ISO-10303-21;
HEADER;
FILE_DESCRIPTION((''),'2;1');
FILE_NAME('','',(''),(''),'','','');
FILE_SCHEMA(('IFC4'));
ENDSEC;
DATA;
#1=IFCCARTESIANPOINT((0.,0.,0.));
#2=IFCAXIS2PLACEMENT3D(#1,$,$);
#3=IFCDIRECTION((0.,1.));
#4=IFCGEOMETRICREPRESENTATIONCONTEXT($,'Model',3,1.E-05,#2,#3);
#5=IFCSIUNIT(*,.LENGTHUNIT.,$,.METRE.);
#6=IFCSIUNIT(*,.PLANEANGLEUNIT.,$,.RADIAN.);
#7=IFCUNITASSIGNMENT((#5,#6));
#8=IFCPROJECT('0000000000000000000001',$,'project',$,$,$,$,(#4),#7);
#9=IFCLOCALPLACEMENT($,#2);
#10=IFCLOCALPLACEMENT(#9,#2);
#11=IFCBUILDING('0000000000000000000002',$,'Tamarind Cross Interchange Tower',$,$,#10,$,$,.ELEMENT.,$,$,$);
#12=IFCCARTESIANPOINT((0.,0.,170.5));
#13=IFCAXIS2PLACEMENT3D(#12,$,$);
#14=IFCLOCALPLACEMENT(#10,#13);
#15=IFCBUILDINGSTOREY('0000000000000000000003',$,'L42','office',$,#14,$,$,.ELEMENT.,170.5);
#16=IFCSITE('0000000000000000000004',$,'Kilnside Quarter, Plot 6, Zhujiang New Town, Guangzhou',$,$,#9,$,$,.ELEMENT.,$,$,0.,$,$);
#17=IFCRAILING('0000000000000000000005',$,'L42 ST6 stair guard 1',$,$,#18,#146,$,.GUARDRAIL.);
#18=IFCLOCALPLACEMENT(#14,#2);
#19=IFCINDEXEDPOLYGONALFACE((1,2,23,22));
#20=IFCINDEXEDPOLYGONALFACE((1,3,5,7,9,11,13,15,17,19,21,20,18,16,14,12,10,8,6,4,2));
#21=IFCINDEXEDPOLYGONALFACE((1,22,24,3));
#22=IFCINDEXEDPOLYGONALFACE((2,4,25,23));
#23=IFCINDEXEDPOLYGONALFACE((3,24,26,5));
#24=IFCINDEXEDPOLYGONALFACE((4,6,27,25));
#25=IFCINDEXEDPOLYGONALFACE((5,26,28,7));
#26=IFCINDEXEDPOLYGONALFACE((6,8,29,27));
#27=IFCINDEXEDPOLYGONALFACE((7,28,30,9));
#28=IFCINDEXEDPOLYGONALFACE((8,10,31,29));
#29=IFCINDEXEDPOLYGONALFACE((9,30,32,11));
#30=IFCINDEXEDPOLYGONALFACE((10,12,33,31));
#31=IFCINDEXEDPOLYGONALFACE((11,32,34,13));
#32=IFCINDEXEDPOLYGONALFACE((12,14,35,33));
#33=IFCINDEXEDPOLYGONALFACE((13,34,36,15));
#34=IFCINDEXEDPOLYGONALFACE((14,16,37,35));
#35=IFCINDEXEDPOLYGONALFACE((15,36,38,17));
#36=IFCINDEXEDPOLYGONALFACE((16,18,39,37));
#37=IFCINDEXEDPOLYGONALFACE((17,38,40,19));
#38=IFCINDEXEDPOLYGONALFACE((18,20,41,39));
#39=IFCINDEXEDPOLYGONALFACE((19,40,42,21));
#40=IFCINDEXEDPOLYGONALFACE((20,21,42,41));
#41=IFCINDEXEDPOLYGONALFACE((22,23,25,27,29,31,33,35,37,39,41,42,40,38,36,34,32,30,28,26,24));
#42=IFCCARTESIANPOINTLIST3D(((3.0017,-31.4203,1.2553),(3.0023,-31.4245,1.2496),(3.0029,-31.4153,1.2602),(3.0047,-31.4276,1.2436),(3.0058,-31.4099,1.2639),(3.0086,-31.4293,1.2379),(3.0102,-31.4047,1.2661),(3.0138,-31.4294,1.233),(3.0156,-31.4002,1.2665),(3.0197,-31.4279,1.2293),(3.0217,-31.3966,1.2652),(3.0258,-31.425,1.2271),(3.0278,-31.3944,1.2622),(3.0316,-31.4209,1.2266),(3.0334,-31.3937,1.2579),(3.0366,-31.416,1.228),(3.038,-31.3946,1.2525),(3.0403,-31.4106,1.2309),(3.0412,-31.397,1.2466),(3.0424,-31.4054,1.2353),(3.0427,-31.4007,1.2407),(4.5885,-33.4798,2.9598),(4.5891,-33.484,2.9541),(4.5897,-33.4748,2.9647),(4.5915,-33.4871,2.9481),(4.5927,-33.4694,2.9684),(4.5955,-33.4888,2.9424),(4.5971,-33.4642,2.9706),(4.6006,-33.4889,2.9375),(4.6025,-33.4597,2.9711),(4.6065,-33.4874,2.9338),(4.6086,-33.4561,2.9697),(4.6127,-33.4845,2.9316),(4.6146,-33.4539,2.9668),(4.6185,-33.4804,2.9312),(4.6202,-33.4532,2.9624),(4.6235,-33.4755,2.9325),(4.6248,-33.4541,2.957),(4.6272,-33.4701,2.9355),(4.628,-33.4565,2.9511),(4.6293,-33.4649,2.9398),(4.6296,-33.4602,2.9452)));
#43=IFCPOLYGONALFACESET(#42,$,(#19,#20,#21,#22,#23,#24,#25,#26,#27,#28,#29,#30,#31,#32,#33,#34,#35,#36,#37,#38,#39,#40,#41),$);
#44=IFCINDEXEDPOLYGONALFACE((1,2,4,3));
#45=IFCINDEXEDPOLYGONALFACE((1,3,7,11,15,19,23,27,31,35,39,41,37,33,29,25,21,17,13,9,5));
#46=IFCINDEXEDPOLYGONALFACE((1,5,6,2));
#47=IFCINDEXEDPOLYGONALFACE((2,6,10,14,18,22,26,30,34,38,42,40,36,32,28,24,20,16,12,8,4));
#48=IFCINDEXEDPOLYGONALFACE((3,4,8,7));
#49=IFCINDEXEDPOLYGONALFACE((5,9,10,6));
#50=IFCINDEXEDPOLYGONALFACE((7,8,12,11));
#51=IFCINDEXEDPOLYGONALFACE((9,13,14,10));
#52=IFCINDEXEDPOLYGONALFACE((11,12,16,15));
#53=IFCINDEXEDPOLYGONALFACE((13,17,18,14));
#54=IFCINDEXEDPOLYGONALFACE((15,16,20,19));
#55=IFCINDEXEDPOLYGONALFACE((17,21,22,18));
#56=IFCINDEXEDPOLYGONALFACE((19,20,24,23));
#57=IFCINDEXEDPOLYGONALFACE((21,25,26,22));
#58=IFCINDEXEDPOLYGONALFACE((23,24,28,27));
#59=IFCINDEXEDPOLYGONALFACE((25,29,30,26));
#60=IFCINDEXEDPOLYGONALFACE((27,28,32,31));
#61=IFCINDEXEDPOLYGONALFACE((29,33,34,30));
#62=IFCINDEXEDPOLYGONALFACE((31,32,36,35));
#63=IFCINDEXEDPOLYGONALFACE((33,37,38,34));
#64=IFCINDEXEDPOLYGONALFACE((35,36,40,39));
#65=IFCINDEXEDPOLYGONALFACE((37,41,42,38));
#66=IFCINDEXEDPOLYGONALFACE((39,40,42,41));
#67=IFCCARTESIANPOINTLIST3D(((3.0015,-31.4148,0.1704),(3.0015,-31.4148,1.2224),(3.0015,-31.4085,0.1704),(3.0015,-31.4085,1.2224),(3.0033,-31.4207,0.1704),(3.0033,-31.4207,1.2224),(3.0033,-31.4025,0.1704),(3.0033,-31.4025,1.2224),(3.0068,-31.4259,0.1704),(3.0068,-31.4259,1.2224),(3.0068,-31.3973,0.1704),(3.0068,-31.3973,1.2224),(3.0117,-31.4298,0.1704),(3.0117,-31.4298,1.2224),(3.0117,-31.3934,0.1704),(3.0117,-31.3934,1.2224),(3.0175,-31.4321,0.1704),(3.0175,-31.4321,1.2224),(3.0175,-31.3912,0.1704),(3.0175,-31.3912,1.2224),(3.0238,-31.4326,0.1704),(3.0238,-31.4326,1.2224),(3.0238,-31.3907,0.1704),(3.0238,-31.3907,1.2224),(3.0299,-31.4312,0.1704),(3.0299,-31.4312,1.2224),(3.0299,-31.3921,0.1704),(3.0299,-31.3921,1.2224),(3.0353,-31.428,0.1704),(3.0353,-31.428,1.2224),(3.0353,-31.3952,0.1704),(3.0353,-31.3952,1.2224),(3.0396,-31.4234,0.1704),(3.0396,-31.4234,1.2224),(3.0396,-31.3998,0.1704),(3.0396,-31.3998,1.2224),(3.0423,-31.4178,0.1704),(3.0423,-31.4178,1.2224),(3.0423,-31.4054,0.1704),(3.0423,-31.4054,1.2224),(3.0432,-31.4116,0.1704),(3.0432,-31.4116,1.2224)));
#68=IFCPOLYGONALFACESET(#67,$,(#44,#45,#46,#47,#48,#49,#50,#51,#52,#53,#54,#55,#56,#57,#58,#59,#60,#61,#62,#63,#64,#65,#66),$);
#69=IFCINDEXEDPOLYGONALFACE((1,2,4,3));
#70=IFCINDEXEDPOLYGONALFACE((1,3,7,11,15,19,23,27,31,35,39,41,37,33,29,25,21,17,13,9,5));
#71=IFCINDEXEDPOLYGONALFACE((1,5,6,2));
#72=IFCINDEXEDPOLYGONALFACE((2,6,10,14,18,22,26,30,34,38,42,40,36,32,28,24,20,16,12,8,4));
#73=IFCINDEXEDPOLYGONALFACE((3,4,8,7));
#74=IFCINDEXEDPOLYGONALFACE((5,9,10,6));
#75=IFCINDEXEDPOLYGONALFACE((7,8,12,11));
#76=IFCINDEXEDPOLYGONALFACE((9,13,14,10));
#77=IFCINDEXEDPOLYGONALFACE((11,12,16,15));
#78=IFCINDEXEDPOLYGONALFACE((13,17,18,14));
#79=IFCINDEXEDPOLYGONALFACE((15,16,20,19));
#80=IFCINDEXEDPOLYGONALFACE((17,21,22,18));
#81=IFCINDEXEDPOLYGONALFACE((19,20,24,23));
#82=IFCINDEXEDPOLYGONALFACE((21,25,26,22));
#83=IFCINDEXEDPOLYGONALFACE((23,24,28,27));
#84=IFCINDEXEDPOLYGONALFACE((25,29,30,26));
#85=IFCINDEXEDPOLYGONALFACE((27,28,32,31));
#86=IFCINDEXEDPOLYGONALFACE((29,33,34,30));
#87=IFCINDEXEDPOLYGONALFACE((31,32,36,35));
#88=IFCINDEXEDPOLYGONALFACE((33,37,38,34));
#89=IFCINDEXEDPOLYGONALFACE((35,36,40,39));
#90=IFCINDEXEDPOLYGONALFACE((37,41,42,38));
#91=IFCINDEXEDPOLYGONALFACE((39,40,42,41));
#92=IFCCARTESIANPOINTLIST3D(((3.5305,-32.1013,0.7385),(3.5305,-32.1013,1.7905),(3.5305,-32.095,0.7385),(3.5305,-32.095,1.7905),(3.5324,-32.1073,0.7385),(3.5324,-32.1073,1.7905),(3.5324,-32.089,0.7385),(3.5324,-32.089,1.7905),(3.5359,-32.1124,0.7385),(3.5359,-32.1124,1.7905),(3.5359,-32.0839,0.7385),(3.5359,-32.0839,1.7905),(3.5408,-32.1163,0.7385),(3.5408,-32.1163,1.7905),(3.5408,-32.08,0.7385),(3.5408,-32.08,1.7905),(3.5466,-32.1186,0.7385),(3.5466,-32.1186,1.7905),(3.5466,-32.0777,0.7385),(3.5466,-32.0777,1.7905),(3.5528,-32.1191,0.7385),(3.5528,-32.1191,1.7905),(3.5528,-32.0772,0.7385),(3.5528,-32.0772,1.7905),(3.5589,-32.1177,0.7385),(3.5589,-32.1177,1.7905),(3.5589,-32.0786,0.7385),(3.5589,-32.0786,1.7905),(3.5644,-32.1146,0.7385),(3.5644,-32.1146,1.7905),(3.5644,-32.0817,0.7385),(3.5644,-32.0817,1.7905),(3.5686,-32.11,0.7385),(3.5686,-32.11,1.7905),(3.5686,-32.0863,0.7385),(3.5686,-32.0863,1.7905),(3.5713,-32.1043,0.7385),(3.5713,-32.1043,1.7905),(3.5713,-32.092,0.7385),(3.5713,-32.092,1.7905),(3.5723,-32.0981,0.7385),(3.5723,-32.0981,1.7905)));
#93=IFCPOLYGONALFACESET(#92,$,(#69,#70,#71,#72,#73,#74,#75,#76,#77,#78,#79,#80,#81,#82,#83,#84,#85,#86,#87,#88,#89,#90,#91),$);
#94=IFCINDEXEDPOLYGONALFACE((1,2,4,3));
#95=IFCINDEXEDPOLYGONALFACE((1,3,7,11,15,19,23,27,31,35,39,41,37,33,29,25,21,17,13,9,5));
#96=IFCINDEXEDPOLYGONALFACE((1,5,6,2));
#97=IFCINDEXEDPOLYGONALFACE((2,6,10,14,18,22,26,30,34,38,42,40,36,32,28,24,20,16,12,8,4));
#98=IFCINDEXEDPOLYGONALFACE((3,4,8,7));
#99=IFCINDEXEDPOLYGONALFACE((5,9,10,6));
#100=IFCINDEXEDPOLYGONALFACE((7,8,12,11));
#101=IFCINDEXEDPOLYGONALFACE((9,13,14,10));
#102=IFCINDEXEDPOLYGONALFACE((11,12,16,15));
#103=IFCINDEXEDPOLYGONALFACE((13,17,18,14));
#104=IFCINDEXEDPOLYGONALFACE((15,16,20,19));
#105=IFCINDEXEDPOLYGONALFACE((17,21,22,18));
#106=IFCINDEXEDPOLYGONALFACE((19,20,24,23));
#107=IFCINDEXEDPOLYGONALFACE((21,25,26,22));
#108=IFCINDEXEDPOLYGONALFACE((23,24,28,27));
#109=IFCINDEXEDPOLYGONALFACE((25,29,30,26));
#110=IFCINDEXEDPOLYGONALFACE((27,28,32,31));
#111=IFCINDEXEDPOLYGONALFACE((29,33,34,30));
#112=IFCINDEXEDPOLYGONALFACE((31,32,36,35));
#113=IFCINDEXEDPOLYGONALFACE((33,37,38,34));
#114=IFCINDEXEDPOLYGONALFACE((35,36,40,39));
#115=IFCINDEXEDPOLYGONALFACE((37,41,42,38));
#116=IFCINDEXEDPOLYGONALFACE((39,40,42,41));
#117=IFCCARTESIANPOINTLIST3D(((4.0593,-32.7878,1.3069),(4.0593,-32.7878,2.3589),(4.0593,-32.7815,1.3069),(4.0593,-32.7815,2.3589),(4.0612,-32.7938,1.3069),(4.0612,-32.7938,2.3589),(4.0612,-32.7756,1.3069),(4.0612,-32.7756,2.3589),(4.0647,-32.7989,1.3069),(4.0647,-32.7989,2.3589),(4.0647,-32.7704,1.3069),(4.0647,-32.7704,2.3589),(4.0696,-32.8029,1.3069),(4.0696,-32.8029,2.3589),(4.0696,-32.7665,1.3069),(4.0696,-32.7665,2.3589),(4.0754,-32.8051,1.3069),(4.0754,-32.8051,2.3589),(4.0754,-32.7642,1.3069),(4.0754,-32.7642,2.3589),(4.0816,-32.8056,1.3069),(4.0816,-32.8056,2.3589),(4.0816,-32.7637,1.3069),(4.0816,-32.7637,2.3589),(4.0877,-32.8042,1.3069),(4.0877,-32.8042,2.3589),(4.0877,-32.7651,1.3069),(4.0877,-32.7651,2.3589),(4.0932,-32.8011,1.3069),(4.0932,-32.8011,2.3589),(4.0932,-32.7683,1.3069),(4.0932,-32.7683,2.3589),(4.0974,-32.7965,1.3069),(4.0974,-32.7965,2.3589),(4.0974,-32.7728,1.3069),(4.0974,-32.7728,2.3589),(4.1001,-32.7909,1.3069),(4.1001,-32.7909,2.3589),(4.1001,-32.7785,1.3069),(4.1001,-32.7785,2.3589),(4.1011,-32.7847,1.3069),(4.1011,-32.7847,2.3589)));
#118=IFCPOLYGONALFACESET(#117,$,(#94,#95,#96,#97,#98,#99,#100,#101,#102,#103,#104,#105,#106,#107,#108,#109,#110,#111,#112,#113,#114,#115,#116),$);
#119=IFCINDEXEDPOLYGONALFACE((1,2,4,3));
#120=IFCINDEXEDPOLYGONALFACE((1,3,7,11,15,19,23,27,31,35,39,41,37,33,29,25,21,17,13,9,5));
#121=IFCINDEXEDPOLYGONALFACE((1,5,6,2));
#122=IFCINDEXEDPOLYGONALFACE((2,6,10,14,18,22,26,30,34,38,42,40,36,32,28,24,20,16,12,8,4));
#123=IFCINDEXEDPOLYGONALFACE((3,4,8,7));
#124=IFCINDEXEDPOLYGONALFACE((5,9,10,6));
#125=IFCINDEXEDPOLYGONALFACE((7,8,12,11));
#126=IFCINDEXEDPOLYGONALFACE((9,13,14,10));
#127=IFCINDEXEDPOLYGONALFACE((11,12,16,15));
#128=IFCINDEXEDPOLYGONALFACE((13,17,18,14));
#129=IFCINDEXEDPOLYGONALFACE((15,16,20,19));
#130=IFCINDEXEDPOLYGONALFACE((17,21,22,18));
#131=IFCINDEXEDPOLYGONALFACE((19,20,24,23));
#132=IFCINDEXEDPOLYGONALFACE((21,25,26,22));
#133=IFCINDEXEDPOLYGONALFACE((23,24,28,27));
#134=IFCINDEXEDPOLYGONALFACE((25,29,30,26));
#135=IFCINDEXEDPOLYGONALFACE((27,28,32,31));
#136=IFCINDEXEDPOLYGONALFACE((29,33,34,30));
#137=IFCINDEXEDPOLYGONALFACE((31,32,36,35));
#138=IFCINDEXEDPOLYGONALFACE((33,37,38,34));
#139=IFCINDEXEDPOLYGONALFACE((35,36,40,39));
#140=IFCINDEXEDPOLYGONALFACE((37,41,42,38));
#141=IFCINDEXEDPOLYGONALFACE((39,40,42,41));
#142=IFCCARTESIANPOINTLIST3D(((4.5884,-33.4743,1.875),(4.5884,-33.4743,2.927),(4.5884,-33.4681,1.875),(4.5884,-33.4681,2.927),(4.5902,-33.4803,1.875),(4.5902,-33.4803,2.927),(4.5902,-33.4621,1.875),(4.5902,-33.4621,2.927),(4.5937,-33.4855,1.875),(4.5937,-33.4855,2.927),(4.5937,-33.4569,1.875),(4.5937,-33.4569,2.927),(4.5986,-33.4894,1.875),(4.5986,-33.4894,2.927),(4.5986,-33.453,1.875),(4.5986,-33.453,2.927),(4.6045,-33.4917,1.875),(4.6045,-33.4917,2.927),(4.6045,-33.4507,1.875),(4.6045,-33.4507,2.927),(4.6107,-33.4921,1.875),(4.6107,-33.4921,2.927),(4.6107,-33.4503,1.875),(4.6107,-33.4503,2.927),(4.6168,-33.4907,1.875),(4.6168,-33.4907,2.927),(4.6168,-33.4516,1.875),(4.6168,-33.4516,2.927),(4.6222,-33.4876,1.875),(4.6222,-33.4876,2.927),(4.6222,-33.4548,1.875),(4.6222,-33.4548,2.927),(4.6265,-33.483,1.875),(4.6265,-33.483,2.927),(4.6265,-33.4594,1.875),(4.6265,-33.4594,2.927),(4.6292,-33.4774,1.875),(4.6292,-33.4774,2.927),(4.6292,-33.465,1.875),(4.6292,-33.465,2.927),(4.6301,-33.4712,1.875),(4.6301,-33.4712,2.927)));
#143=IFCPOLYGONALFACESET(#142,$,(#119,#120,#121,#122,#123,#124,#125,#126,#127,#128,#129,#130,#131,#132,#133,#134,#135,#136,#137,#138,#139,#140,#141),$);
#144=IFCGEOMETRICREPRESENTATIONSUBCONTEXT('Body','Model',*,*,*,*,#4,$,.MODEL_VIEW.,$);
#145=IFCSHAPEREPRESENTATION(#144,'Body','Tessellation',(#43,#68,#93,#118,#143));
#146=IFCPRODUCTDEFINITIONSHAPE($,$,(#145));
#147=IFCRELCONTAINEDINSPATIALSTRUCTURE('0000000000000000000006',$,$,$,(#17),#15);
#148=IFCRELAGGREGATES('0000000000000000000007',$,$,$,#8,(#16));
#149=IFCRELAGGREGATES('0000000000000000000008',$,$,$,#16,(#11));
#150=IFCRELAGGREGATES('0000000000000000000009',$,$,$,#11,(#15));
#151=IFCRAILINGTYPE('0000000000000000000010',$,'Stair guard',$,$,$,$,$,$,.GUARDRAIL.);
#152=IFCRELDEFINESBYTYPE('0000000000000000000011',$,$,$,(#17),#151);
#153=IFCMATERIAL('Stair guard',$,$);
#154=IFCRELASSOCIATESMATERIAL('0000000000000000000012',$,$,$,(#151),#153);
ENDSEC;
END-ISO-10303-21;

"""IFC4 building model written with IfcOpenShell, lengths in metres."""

from ifc_helpers import new_model, si_unit, direction, frame, origin, origin_2d, place, context, subcontext, project, spatial, circle, extrude, material, type_object, element, save


model = new_model("IFC4")

# Units and contexts
model_context = context("Model", 3, precision=1e-05, world=origin(), true_north=direction((0.0, 1.0)))
body_context = subcontext(model_context, "Body", "Model", "MODEL_VIEW")
ifc_project = project(units=[si_unit("LENGTHUNIT", "METRE"), si_unit("PLANEANGLEUNIT", "RADIAN")], contexts=[model_context])

# Site, building, storey
site_placement = place(None, origin())
site = spatial("IfcSite", under=ifc_project, at=site_placement, Name="Kilnside Quarter, Plot 6, Zhujiang New Town, Guangzhou", CompositionType="ELEMENT", RefElevation=0.0)
building_placement = place(site_placement, origin())
building = spatial("IfcBuilding", under=site, at=building_placement, Name="Tamarind Cross Interchange Tower", CompositionType="ELEMENT")
storey_placement = place(building_placement, frame((0.0, 0.0, 170.5)))
storey = spatial("IfcBuildingStorey", under=building, at=storey_placement, Name="L42", Description="office", CompositionType="ELEMENT", Elevation=170.5)

# Railing
ifc_material_1 = material(Name="Stair guard")
railing_type = type_object("IfcRailingType", Name="Stair guard", PredefinedType="GUARDRAIL", material=ifc_material_1)
railing_1_placement = place(storey_placement, frame((3.0222, -31.4116, 0.1704)))
element("IfcRailing", 1, at=railing_1_placement, inside=storey, type_object=railing_type, Name="L42 ST6 stair guard 1", PredefinedType="GUARDRAIL", context=body_context, shape_type="SweptSolid", body=[
    extrude(circle(Radius=0.0239, at=origin_2d()), frame((0.0, 0.0, 1.0762), z_axis=(0.510429, -0.662459, 0.54828), x_axis=(0.792135, 0.610346, 0.0)), (0.0, 0.0, 1.0), 3.1089),
    extrude(circle(Radius=0.021, at=origin_2d()), origin(), (0.0, 0.0, 1.0), 1.052),
    extrude(circle(Radius=0.021, at=origin_2d()), frame((0.5291, -0.6865, 0.5681)), (0.0, 0.0, 1.0), 1.052),
    extrude(circle(Radius=0.021, at=origin_2d()), frame((1.0579, -1.373, 1.1365)), (0.0, 0.0, 1.0), 1.052),
    extrude(circle(Radius=0.021, at=origin_2d()), frame((1.5869, -2.0596, 1.7046)), (0.0, 0.0, 1.0), 1.052),
])

save(model, "model.ifc")
